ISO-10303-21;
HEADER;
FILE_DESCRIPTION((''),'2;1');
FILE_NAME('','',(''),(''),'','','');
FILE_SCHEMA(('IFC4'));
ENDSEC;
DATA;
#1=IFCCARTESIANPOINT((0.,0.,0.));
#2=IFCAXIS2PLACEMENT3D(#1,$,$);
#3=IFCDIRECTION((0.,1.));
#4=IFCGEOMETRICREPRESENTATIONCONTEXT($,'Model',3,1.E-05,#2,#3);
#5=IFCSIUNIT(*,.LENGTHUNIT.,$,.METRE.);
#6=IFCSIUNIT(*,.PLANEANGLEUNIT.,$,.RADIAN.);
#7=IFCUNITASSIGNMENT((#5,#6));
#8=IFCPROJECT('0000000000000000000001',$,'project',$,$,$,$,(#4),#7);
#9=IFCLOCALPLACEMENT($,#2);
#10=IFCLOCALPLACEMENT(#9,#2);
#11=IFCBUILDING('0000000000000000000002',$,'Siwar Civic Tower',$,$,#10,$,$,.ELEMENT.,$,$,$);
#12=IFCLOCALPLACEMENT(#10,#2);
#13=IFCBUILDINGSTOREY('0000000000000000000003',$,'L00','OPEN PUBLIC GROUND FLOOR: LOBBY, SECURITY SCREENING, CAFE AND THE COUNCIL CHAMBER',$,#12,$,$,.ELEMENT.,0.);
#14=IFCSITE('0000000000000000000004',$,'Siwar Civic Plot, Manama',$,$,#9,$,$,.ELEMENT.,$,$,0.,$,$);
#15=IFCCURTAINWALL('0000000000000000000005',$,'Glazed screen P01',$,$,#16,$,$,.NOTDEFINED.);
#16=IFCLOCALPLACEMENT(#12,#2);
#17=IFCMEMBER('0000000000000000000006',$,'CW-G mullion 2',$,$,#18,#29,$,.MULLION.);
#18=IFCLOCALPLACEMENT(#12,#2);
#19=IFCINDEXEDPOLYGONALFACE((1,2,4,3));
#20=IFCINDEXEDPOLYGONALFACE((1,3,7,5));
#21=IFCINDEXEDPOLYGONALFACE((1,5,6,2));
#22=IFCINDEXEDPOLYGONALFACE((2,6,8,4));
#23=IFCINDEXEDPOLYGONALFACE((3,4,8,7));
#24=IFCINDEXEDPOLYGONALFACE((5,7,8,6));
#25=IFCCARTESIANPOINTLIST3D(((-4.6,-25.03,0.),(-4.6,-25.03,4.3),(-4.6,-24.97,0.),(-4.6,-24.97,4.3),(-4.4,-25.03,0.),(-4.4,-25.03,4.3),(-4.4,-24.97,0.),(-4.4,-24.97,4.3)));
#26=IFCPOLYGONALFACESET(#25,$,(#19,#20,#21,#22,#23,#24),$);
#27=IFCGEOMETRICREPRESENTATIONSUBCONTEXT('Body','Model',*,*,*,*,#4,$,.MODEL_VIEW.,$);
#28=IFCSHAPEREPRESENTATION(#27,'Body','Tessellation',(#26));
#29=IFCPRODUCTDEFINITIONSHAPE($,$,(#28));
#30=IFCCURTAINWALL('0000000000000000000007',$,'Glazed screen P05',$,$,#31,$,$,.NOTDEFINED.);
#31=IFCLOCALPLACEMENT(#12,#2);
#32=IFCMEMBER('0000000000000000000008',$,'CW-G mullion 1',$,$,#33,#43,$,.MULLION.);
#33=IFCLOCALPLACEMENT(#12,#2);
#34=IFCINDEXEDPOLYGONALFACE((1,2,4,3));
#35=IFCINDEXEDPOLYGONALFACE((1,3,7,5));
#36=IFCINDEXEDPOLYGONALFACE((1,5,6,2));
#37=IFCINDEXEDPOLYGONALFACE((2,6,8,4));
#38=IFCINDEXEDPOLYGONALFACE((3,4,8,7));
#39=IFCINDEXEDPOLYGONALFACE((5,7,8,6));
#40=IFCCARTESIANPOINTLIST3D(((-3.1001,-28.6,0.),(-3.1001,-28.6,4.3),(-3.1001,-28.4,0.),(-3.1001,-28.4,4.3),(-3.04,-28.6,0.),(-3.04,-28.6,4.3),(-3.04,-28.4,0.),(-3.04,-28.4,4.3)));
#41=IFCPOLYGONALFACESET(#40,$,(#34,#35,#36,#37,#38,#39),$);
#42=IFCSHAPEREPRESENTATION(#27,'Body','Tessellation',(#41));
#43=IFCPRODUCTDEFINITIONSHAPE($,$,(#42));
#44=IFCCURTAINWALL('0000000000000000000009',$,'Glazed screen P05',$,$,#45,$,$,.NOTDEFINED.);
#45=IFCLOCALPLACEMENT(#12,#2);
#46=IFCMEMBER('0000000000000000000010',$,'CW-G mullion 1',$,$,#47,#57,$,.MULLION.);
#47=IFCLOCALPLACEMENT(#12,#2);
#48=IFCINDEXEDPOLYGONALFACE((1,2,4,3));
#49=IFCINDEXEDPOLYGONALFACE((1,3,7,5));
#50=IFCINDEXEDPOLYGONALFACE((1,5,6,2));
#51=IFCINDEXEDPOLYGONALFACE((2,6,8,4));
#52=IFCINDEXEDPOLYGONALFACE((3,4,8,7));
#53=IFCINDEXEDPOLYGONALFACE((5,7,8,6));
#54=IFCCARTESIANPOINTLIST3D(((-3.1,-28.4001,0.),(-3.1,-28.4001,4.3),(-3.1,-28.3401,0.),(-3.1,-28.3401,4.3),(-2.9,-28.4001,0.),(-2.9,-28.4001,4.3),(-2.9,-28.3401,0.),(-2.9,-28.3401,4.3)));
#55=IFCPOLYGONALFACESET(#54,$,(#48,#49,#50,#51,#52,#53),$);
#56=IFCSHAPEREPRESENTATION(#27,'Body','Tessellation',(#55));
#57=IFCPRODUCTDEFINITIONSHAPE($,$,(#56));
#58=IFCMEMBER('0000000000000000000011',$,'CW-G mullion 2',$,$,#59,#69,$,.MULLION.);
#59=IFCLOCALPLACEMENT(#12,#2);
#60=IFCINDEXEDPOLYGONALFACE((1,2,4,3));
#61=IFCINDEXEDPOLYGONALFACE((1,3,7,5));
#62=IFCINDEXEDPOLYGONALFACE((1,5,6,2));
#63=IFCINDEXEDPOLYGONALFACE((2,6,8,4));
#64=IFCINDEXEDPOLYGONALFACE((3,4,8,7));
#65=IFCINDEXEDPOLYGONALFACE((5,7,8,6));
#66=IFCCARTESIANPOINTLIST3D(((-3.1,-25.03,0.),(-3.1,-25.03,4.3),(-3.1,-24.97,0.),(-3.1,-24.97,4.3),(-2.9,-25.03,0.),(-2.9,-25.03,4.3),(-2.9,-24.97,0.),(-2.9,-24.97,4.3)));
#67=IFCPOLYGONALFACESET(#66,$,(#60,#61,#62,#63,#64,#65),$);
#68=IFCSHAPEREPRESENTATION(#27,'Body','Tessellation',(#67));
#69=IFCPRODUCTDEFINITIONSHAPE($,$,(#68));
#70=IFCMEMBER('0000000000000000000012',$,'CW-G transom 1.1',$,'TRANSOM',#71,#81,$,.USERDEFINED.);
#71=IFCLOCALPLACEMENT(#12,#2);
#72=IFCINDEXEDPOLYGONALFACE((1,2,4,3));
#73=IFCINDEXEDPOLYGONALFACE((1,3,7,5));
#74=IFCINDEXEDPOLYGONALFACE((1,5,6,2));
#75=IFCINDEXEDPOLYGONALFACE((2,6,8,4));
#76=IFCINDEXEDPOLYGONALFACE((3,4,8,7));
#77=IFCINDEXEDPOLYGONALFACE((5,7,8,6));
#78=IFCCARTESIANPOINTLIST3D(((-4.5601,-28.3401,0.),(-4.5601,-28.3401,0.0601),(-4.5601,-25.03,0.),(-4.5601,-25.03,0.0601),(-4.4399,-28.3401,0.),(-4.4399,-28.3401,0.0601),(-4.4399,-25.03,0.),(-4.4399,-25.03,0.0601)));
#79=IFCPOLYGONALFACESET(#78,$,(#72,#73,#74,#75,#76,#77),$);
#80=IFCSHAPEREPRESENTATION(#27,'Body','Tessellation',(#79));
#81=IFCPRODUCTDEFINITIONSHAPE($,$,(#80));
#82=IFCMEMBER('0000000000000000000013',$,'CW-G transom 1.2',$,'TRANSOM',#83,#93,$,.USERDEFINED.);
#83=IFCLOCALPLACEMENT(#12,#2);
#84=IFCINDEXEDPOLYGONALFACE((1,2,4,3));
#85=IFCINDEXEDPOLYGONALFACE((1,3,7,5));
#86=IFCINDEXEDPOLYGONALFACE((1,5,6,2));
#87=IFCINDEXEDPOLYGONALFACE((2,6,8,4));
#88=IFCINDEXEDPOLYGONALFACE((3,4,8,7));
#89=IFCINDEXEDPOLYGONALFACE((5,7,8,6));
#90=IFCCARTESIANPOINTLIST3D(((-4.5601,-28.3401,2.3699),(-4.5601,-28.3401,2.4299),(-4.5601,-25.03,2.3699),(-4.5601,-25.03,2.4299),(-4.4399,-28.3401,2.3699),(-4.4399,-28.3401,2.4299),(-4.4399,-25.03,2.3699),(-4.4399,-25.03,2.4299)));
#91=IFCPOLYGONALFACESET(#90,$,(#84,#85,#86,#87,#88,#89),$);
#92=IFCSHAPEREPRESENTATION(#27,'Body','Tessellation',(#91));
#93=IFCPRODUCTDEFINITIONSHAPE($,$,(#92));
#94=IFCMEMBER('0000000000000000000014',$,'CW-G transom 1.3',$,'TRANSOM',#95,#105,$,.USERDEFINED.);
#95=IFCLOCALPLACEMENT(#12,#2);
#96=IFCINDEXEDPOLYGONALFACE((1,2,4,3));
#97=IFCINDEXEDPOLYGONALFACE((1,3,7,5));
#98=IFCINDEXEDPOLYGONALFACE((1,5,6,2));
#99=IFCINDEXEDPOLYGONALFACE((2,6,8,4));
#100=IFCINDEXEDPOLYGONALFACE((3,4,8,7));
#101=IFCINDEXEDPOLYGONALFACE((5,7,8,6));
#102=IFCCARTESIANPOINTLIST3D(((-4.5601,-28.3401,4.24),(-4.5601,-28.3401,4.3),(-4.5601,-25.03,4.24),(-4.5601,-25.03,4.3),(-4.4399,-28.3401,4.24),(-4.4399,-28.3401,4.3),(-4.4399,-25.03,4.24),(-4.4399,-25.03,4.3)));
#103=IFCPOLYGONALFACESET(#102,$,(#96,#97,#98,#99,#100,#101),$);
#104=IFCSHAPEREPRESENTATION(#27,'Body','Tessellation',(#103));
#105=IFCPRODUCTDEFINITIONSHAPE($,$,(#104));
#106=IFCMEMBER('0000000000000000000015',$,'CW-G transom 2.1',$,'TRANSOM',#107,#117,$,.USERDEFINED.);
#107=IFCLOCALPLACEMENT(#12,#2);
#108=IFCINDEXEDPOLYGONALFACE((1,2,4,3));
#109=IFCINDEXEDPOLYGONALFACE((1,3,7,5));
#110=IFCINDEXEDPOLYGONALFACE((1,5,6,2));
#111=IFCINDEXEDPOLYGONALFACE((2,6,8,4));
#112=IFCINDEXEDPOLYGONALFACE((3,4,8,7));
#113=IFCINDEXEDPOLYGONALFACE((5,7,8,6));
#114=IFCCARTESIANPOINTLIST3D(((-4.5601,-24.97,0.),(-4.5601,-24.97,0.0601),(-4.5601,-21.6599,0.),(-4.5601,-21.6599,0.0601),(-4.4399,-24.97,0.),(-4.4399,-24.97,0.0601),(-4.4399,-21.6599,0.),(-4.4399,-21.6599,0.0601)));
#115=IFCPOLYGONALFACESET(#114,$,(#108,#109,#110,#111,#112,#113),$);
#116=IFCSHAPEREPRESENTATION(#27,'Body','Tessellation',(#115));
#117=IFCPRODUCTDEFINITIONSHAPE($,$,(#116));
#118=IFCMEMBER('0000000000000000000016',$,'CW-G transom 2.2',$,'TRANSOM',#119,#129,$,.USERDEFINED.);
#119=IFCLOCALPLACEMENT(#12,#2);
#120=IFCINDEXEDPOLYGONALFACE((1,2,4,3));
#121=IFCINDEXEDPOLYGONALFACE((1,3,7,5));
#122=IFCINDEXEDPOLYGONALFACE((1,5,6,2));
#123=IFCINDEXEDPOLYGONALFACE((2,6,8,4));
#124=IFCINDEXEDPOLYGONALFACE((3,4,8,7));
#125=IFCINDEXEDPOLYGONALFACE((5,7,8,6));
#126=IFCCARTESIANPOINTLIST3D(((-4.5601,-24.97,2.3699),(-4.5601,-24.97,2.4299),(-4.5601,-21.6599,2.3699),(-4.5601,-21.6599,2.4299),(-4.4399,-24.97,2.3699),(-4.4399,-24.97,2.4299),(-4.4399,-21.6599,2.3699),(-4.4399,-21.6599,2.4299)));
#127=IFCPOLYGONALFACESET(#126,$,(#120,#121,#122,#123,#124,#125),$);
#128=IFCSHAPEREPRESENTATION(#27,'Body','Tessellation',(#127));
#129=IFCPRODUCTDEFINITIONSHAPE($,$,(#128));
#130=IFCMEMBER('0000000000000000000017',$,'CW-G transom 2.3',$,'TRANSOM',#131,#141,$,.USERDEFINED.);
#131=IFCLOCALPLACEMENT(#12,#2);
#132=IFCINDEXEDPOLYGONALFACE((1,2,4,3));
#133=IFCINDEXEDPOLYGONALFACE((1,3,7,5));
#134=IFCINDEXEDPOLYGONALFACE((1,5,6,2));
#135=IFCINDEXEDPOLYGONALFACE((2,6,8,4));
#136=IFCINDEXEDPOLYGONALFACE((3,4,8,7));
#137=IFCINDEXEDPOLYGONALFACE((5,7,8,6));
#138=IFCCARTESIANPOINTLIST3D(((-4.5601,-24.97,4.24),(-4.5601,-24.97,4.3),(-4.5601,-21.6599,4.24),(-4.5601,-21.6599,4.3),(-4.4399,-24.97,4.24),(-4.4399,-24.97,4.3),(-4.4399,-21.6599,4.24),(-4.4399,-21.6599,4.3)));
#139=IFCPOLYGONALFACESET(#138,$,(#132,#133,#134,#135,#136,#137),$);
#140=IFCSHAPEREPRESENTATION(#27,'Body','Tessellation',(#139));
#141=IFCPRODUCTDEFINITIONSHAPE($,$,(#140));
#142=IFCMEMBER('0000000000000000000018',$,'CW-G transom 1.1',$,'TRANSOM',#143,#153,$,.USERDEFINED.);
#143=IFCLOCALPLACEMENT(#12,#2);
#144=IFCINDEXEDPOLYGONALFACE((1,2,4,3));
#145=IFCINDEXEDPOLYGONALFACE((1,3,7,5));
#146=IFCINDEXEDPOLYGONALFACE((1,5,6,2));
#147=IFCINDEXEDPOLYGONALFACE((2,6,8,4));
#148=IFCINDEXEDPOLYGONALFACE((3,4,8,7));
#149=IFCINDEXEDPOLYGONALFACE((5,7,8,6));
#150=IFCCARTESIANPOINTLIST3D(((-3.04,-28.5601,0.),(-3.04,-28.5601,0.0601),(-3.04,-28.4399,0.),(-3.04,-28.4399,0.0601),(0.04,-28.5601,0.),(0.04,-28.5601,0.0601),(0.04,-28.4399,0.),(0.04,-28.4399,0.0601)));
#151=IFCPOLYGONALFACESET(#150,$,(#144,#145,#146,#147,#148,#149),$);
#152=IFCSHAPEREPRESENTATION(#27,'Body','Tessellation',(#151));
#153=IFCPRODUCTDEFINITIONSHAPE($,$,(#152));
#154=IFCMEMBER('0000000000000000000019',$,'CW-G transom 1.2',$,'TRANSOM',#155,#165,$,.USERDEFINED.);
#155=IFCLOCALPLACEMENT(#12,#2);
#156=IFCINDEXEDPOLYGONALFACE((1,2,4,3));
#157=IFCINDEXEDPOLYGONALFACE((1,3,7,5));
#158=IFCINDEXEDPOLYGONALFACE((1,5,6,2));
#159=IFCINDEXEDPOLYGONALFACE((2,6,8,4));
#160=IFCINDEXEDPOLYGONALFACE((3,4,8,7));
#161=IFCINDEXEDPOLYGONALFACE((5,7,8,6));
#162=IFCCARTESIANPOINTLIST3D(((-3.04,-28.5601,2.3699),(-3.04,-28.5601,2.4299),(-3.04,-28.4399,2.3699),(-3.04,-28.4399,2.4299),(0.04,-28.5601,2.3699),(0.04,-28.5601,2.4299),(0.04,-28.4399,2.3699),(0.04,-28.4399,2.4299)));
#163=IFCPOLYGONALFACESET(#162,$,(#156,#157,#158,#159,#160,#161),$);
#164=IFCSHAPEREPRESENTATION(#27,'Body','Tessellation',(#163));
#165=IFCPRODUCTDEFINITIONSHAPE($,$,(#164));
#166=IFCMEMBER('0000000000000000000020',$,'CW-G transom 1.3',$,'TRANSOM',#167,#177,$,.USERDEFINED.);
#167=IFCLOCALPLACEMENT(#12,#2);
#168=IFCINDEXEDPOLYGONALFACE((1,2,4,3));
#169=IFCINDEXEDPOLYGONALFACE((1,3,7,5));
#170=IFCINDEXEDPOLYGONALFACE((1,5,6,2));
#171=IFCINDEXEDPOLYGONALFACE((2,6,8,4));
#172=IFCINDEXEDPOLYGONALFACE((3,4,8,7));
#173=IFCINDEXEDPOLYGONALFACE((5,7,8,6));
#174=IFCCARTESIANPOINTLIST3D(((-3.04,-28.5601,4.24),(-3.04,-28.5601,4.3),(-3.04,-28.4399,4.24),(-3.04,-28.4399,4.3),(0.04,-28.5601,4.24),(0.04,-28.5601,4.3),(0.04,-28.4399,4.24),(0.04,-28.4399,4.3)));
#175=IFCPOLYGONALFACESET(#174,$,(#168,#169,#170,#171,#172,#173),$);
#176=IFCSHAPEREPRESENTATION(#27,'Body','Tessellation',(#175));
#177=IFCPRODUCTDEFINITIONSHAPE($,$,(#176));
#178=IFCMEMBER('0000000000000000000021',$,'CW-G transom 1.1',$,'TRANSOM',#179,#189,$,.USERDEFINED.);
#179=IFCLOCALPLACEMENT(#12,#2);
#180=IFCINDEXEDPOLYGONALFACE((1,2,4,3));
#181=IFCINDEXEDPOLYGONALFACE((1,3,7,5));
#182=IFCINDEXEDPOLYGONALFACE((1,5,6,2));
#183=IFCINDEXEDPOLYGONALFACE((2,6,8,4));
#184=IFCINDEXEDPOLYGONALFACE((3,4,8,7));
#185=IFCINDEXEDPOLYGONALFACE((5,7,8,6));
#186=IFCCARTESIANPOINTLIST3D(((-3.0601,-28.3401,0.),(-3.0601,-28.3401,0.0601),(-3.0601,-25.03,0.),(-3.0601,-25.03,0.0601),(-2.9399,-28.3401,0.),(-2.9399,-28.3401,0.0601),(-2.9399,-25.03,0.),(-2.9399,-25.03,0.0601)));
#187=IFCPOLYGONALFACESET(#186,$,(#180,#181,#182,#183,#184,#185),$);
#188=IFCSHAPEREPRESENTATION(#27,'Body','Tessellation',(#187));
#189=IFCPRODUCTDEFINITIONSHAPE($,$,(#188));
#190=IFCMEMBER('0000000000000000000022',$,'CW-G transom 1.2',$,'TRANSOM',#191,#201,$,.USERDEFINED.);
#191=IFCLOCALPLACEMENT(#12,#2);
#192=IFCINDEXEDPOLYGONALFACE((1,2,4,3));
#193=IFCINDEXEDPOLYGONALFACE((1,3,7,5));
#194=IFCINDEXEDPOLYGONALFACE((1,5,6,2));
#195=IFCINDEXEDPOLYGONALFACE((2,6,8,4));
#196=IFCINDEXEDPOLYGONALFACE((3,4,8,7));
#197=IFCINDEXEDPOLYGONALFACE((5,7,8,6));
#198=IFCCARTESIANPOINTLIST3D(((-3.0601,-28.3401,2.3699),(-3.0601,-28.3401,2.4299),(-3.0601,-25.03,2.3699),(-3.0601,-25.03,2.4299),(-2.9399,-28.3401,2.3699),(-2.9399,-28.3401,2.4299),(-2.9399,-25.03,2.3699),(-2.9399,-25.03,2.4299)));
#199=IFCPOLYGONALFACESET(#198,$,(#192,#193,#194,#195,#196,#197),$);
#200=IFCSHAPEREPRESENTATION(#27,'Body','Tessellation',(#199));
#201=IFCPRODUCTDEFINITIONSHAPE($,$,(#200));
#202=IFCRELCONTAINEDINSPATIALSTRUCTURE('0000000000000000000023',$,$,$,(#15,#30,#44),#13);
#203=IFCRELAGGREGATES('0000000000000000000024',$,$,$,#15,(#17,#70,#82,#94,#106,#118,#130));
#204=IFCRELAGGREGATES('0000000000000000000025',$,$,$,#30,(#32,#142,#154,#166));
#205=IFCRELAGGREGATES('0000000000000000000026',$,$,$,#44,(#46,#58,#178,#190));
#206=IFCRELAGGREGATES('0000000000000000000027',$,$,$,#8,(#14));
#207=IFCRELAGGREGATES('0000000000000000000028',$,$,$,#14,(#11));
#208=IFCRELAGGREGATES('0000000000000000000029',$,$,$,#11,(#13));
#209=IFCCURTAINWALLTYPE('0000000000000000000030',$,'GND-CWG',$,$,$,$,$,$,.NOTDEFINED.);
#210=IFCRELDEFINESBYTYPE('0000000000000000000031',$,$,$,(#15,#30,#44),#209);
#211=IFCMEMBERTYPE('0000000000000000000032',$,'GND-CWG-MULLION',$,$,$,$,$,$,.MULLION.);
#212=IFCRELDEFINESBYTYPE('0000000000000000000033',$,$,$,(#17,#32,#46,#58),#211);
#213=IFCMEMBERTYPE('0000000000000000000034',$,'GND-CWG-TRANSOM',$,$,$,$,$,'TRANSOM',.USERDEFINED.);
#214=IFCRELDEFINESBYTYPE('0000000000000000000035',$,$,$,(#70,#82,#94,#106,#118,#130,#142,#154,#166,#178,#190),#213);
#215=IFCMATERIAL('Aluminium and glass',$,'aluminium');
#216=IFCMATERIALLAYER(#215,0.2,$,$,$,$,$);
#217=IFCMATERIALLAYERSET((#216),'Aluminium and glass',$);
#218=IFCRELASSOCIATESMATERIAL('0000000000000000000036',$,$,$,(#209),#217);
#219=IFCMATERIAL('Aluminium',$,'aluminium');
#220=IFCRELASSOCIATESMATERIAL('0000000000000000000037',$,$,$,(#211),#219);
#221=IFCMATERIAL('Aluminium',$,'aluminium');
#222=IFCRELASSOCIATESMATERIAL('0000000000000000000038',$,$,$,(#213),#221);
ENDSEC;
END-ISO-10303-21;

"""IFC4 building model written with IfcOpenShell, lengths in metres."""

from ifc_helpers import new_model, si_unit, direction, frame, origin, origin_2d, place, context, subcontext, project, spatial, rectangle, extrude, material, layer, layer_set, material_profile, profile_set, type_object, element, aggregate, save


model = new_model("IFC4")

# Units and contexts
model_context = context("Model", 3, precision=1e-05, world=origin(), true_north=direction((0.0, 1.0)))
body_context = subcontext(model_context, "Body", "Model", "MODEL_VIEW")
ifc_project = project(units=[si_unit("LENGTHUNIT", "METRE"), si_unit("PLANEANGLEUNIT", "RADIAN")], contexts=[model_context])

# Site, building, storey
site_placement = place(None, origin())
site = spatial("IfcSite", under=ifc_project, at=site_placement, Name="Siwar Civic Plot, Manama", CompositionType="ELEMENT", RefElevation=0.0)
building_placement = place(site_placement, origin())
building = spatial("IfcBuilding", under=site, at=building_placement, Name="Siwar Civic Tower", CompositionType="ELEMENT")
storey_placement = place(building_placement, origin())
storey = spatial("IfcBuildingStorey", under=building, at=storey_placement, Name="L00", Description="OPEN PUBLIC GROUND FLOOR: LOBBY, SECURITY SCREENING, CAFE AND THE COUNCIL CHAMBER", CompositionType="ELEMENT", Elevation=0.0)

# Curtain walls, members
ifc_material_1 = material(Name="Aluminium and glass", Category="aluminium")
ifc_layer_1 = layer(ifc_material_1, 0.2)
ifc_layer_set_1 = layer_set([ifc_layer_1], Name="Aluminium and glass")
curtain_wall_type = type_object("IfcCurtainWallType", Name="GND-CWG", PredefinedType="NOTDEFINED", material=ifc_layer_set_1)
curtain_wall_1_placement = place(storey_placement, origin())
curtain_wall_1 = element("IfcCurtainWall", 1, at=curtain_wall_1_placement, inside=storey, type_object=curtain_wall_type, Name="Glazed screen P01", PredefinedType="NOTDEFINED")
ifc_material_2 = material(Name="Aluminium", Category="aluminium")
ifc_material_profile_1 = material_profile(ifc_material_2, rectangle(XDim=0.2, YDim=0.0601, at=origin_2d()), Name="AL 200x60")
ifc_profile_set_1 = profile_set([ifc_material_profile_1], Name="Aluminium")
member_type_1 = type_object("IfcMemberType", Name="GND-CWG-MULLION", PredefinedType="MULLION", material=ifc_profile_set_1)
member_1_placement = place(storey_placement, frame((-4.5, -25.0, 0.0), z_axis=(0.0, 0.0, 1.0), x_axis=(-1.0, 0.0, 0.0)))
member_1 = element("IfcMember", 2, at=member_1_placement, type_object=member_type_1, Name="CW-G mullion 2", PredefinedType="MULLION", context=body_context, shape_type="SweptSolid", body=[
    extrude(rectangle(XDim=0.2, YDim=0.0601, at=origin_2d()), origin(), (0.0, 0.0, 1.0), 4.3),
])
curtain_wall_2_placement = place(storey_placement, origin())
curtain_wall_2 = element("IfcCurtainWall", 3, at=curtain_wall_2_placement, inside=storey, type_object=curtain_wall_type, Name="Glazed screen P05", PredefinedType="NOTDEFINED")
member_2_placement = place(storey_placement, frame((-3.0701, -28.5, 0.0), z_axis=(0.0, 0.0, 1.0), x_axis=(0.0, 1.0, 0.0)))
member_2 = element("IfcMember", 4, at=member_2_placement, type_object=member_type_1, Name="CW-G mullion 1", PredefinedType="MULLION", context=body_context, shape_type="SweptSolid", body=[
    extrude(rectangle(XDim=0.2, YDim=0.0601, at=origin_2d()), origin(), (0.0, 0.0, 1.0), 4.3),
])

# Curtain wall, members
curtain_wall_3_placement = place(storey_placement, origin())
curtain_wall_3 = element("IfcCurtainWall", 5, at=curtain_wall_3_placement, inside=storey, type_object=curtain_wall_type, Name="Glazed screen P05", PredefinedType="NOTDEFINED")
member_3_placement = place(storey_placement, frame((-3.0, -28.3701, 0.0), z_axis=(0.0, 0.0, 1.0), x_axis=(-1.0, 0.0, 0.0)))
member_3 = element("IfcMember", 6, at=member_3_placement, type_object=member_type_1, Name="CW-G mullion 1", PredefinedType="MULLION", context=body_context, shape_type="SweptSolid", body=[
    extrude(rectangle(XDim=0.2, YDim=0.0601, at=origin_2d()), origin(), (0.0, 0.0, 1.0), 4.3),
])
member_4_placement = place(storey_placement, frame((-3.0, -25.0, 0.0), z_axis=(0.0, 0.0, 1.0), x_axis=(-1.0, 0.0, 0.0)))
member_4 = element("IfcMember", 7, at=member_4_placement, type_object=member_type_1, Name="CW-G mullion 2", PredefinedType="MULLION", context=body_context, shape_type="SweptSolid", body=[
    extrude(rectangle(XDim=0.2, YDim=0.0601, at=origin_2d()), origin(), (0.0, 0.0, 1.0), 4.3),
])

# Members
ifc_material_3 = material(Name="Aluminium", Category="aluminium")
ifc_material_profile_2 = material_profile(ifc_material_3, rectangle(XDim=0.1201, YDim=0.0601, at=origin_2d()), Name="AL 120x60")
ifc_profile_set_2 = profile_set([ifc_material_profile_2], Name="Aluminium")
member_type_2 = type_object("IfcMemberType", Name="GND-CWG-TRANSOM", ElementType="TRANSOM", PredefinedType="USERDEFINED", material=ifc_profile_set_2)
member_5_placement = place(storey_placement, frame((-4.5, -28.3401, 0.03), z_axis=(0.0, 1.0, 0.0), x_axis=(-1.0, 0.0, 0.0)))
member_5 = element("IfcMember", 8, at=member_5_placement, type_object=member_type_2, Name="CW-G transom 1.1", ObjectType="TRANSOM", PredefinedType="USERDEFINED", context=body_context, shape_type="SweptSolid", body=[
    extrude(rectangle(XDim=0.1201, YDim=0.0601, at=origin_2d()), origin(), (0.0, 0.0, 1.0), 3.3101),
])
member_6_placement = place(storey_placement, frame((-4.5, -28.3401, 2.3999), z_axis=(0.0, 1.0, 0.0), x_axis=(-1.0, 0.0, 0.0)))
member_6 = element("IfcMember", 9, at=member_6_placement, type_object=member_type_2, Name="CW-G transom 1.2", ObjectType="TRANSOM", PredefinedType="USERDEFINED", context=body_context, shape_type="SweptSolid", body=[
    extrude(rectangle(XDim=0.1201, YDim=0.0601, at=origin_2d()), origin(), (0.0, 0.0, 1.0), 3.3101),
])
member_7_placement = place(storey_placement, frame((-4.5, -28.3401, 4.27), z_axis=(0.0, 1.0, 0.0), x_axis=(-1.0, 0.0, 0.0)))
member_7 = element("IfcMember", 10, at=member_7_placement, type_object=member_type_2, Name="CW-G transom 1.3", ObjectType="TRANSOM", PredefinedType="USERDEFINED", context=body_context, shape_type="SweptSolid", body=[
    extrude(rectangle(XDim=0.1201, YDim=0.0601, at=origin_2d()), origin(), (0.0, 0.0, 1.0), 3.3101),
])
member_8_placement = place(storey_placement, frame((-4.5, -24.97, 0.03), z_axis=(0.0, 1.0, 0.0), x_axis=(-1.0, 0.0, 0.0)))
member_8 = element("IfcMember", 11, at=member_8_placement, type_object=member_type_2, Name="CW-G transom 2.1", ObjectType="TRANSOM", PredefinedType="USERDEFINED", context=body_context, shape_type="SweptSolid", body=[
    extrude(rectangle(XDim=0.1201, YDim=0.0601, at=origin_2d()), origin(), (0.0, 0.0, 1.0), 3.3101),
])
member_9_placement = place(storey_placement, frame((-4.5, -24.97, 2.3999), z_axis=(0.0, 1.0, 0.0), x_axis=(-1.0, 0.0, 0.0)))
member_9 = element("IfcMember", 12, at=member_9_placement, type_object=member_type_2, Name="CW-G transom 2.2", ObjectType="TRANSOM", PredefinedType="USERDEFINED", context=body_context, shape_type="SweptSolid", body=[
    extrude(rectangle(XDim=0.1201, YDim=0.0601, at=origin_2d()), origin(), (0.0, 0.0, 1.0), 3.3101),
])
member_10_placement = place(storey_placement, frame((-4.5, -24.97, 4.27), z_axis=(0.0, 1.0, 0.0), x_axis=(-1.0, 0.0, 0.0)))
member_10 = element("IfcMember", 13, at=member_10_placement, type_object=member_type_2, Name="CW-G transom 2.3", ObjectType="TRANSOM", PredefinedType="USERDEFINED", context=body_context, shape_type="SweptSolid", body=[
    extrude(rectangle(XDim=0.1201, YDim=0.0601, at=origin_2d()), origin(), (0.0, 0.0, 1.0), 3.3101),
])
member_11_placement = place(storey_placement, frame((-3.04, -28.5, 0.03), z_axis=(1.0, 0.0, 0.0), x_axis=(0.0, 1.0, 0.0)))
member_11 = element("IfcMember", 14, at=member_11_placement, type_object=member_type_2, Name="CW-G transom 1.1", ObjectType="TRANSOM", PredefinedType="USERDEFINED", context=body_context, shape_type="SweptSolid", body=[
    extrude(rectangle(XDim=0.1201, YDim=0.0601, at=origin_2d()), origin(), (0.0, 0.0, 1.0), 3.0801),
])
member_12_placement = place(storey_placement, frame((-3.04, -28.5, 2.3999), z_axis=(1.0, 0.0, 0.0), x_axis=(0.0, 1.0, 0.0)))
member_12 = element("IfcMember", 15, at=member_12_placement, type_object=member_type_2, Name="CW-G transom 1.2", ObjectType="TRANSOM", PredefinedType="USERDEFINED", context=body_context, shape_type="SweptSolid", body=[
    extrude(rectangle(XDim=0.1201, YDim=0.0601, at=origin_2d()), origin(), (0.0, 0.0, 1.0), 3.0801),
])
member_13_placement = place(storey_placement, frame((-3.04, -28.5, 4.27), z_axis=(1.0, 0.0, 0.0), x_axis=(0.0, 1.0, 0.0)))
member_13 = element("IfcMember", 16, at=member_13_placement, type_object=member_type_2, Name="CW-G transom 1.3", ObjectType="TRANSOM", PredefinedType="USERDEFINED", context=body_context, shape_type="SweptSolid", body=[
    extrude(rectangle(XDim=0.1201, YDim=0.0601, at=origin_2d()), origin(), (0.0, 0.0, 1.0), 3.0801),
])
member_14_placement = place(storey_placement, frame((-3.0, -28.3401, 0.03), z_axis=(0.0, 1.0, 0.0), x_axis=(-1.0, 0.0, 0.0)))
member_14 = element("IfcMember", 17, at=member_14_placement, type_object=member_type_2, Name="CW-G transom 1.1", ObjectType="TRANSOM", PredefinedType="USERDEFINED", context=body_context, shape_type="SweptSolid", body=[
    extrude(rectangle(XDim=0.1201, YDim=0.0601, at=origin_2d()), origin(), (0.0, 0.0, 1.0), 3.3101),
])
member_15_placement = place(storey_placement, frame((-3.0, -28.3401, 2.3999), z_axis=(0.0, 1.0, 0.0), x_axis=(-1.0, 0.0, 0.0)))
member_15 = element("IfcMember", 18, at=member_15_placement, type_object=member_type_2, Name="CW-G transom 1.2", ObjectType="TRANSOM", PredefinedType="USERDEFINED", context=body_context, shape_type="SweptSolid", body=[
    extrude(rectangle(XDim=0.1201, YDim=0.0601, at=origin_2d()), origin(), (0.0, 0.0, 1.0), 3.3101),
])

aggregate(curtain_wall_1, [member_1, member_5, member_6, member_7, member_8, member_9, member_10])
aggregate(curtain_wall_2, [member_2, member_11, member_12, member_13])
aggregate(curtain_wall_3, [member_3, member_4, member_14, member_15])

save(model, "model.ifc")
